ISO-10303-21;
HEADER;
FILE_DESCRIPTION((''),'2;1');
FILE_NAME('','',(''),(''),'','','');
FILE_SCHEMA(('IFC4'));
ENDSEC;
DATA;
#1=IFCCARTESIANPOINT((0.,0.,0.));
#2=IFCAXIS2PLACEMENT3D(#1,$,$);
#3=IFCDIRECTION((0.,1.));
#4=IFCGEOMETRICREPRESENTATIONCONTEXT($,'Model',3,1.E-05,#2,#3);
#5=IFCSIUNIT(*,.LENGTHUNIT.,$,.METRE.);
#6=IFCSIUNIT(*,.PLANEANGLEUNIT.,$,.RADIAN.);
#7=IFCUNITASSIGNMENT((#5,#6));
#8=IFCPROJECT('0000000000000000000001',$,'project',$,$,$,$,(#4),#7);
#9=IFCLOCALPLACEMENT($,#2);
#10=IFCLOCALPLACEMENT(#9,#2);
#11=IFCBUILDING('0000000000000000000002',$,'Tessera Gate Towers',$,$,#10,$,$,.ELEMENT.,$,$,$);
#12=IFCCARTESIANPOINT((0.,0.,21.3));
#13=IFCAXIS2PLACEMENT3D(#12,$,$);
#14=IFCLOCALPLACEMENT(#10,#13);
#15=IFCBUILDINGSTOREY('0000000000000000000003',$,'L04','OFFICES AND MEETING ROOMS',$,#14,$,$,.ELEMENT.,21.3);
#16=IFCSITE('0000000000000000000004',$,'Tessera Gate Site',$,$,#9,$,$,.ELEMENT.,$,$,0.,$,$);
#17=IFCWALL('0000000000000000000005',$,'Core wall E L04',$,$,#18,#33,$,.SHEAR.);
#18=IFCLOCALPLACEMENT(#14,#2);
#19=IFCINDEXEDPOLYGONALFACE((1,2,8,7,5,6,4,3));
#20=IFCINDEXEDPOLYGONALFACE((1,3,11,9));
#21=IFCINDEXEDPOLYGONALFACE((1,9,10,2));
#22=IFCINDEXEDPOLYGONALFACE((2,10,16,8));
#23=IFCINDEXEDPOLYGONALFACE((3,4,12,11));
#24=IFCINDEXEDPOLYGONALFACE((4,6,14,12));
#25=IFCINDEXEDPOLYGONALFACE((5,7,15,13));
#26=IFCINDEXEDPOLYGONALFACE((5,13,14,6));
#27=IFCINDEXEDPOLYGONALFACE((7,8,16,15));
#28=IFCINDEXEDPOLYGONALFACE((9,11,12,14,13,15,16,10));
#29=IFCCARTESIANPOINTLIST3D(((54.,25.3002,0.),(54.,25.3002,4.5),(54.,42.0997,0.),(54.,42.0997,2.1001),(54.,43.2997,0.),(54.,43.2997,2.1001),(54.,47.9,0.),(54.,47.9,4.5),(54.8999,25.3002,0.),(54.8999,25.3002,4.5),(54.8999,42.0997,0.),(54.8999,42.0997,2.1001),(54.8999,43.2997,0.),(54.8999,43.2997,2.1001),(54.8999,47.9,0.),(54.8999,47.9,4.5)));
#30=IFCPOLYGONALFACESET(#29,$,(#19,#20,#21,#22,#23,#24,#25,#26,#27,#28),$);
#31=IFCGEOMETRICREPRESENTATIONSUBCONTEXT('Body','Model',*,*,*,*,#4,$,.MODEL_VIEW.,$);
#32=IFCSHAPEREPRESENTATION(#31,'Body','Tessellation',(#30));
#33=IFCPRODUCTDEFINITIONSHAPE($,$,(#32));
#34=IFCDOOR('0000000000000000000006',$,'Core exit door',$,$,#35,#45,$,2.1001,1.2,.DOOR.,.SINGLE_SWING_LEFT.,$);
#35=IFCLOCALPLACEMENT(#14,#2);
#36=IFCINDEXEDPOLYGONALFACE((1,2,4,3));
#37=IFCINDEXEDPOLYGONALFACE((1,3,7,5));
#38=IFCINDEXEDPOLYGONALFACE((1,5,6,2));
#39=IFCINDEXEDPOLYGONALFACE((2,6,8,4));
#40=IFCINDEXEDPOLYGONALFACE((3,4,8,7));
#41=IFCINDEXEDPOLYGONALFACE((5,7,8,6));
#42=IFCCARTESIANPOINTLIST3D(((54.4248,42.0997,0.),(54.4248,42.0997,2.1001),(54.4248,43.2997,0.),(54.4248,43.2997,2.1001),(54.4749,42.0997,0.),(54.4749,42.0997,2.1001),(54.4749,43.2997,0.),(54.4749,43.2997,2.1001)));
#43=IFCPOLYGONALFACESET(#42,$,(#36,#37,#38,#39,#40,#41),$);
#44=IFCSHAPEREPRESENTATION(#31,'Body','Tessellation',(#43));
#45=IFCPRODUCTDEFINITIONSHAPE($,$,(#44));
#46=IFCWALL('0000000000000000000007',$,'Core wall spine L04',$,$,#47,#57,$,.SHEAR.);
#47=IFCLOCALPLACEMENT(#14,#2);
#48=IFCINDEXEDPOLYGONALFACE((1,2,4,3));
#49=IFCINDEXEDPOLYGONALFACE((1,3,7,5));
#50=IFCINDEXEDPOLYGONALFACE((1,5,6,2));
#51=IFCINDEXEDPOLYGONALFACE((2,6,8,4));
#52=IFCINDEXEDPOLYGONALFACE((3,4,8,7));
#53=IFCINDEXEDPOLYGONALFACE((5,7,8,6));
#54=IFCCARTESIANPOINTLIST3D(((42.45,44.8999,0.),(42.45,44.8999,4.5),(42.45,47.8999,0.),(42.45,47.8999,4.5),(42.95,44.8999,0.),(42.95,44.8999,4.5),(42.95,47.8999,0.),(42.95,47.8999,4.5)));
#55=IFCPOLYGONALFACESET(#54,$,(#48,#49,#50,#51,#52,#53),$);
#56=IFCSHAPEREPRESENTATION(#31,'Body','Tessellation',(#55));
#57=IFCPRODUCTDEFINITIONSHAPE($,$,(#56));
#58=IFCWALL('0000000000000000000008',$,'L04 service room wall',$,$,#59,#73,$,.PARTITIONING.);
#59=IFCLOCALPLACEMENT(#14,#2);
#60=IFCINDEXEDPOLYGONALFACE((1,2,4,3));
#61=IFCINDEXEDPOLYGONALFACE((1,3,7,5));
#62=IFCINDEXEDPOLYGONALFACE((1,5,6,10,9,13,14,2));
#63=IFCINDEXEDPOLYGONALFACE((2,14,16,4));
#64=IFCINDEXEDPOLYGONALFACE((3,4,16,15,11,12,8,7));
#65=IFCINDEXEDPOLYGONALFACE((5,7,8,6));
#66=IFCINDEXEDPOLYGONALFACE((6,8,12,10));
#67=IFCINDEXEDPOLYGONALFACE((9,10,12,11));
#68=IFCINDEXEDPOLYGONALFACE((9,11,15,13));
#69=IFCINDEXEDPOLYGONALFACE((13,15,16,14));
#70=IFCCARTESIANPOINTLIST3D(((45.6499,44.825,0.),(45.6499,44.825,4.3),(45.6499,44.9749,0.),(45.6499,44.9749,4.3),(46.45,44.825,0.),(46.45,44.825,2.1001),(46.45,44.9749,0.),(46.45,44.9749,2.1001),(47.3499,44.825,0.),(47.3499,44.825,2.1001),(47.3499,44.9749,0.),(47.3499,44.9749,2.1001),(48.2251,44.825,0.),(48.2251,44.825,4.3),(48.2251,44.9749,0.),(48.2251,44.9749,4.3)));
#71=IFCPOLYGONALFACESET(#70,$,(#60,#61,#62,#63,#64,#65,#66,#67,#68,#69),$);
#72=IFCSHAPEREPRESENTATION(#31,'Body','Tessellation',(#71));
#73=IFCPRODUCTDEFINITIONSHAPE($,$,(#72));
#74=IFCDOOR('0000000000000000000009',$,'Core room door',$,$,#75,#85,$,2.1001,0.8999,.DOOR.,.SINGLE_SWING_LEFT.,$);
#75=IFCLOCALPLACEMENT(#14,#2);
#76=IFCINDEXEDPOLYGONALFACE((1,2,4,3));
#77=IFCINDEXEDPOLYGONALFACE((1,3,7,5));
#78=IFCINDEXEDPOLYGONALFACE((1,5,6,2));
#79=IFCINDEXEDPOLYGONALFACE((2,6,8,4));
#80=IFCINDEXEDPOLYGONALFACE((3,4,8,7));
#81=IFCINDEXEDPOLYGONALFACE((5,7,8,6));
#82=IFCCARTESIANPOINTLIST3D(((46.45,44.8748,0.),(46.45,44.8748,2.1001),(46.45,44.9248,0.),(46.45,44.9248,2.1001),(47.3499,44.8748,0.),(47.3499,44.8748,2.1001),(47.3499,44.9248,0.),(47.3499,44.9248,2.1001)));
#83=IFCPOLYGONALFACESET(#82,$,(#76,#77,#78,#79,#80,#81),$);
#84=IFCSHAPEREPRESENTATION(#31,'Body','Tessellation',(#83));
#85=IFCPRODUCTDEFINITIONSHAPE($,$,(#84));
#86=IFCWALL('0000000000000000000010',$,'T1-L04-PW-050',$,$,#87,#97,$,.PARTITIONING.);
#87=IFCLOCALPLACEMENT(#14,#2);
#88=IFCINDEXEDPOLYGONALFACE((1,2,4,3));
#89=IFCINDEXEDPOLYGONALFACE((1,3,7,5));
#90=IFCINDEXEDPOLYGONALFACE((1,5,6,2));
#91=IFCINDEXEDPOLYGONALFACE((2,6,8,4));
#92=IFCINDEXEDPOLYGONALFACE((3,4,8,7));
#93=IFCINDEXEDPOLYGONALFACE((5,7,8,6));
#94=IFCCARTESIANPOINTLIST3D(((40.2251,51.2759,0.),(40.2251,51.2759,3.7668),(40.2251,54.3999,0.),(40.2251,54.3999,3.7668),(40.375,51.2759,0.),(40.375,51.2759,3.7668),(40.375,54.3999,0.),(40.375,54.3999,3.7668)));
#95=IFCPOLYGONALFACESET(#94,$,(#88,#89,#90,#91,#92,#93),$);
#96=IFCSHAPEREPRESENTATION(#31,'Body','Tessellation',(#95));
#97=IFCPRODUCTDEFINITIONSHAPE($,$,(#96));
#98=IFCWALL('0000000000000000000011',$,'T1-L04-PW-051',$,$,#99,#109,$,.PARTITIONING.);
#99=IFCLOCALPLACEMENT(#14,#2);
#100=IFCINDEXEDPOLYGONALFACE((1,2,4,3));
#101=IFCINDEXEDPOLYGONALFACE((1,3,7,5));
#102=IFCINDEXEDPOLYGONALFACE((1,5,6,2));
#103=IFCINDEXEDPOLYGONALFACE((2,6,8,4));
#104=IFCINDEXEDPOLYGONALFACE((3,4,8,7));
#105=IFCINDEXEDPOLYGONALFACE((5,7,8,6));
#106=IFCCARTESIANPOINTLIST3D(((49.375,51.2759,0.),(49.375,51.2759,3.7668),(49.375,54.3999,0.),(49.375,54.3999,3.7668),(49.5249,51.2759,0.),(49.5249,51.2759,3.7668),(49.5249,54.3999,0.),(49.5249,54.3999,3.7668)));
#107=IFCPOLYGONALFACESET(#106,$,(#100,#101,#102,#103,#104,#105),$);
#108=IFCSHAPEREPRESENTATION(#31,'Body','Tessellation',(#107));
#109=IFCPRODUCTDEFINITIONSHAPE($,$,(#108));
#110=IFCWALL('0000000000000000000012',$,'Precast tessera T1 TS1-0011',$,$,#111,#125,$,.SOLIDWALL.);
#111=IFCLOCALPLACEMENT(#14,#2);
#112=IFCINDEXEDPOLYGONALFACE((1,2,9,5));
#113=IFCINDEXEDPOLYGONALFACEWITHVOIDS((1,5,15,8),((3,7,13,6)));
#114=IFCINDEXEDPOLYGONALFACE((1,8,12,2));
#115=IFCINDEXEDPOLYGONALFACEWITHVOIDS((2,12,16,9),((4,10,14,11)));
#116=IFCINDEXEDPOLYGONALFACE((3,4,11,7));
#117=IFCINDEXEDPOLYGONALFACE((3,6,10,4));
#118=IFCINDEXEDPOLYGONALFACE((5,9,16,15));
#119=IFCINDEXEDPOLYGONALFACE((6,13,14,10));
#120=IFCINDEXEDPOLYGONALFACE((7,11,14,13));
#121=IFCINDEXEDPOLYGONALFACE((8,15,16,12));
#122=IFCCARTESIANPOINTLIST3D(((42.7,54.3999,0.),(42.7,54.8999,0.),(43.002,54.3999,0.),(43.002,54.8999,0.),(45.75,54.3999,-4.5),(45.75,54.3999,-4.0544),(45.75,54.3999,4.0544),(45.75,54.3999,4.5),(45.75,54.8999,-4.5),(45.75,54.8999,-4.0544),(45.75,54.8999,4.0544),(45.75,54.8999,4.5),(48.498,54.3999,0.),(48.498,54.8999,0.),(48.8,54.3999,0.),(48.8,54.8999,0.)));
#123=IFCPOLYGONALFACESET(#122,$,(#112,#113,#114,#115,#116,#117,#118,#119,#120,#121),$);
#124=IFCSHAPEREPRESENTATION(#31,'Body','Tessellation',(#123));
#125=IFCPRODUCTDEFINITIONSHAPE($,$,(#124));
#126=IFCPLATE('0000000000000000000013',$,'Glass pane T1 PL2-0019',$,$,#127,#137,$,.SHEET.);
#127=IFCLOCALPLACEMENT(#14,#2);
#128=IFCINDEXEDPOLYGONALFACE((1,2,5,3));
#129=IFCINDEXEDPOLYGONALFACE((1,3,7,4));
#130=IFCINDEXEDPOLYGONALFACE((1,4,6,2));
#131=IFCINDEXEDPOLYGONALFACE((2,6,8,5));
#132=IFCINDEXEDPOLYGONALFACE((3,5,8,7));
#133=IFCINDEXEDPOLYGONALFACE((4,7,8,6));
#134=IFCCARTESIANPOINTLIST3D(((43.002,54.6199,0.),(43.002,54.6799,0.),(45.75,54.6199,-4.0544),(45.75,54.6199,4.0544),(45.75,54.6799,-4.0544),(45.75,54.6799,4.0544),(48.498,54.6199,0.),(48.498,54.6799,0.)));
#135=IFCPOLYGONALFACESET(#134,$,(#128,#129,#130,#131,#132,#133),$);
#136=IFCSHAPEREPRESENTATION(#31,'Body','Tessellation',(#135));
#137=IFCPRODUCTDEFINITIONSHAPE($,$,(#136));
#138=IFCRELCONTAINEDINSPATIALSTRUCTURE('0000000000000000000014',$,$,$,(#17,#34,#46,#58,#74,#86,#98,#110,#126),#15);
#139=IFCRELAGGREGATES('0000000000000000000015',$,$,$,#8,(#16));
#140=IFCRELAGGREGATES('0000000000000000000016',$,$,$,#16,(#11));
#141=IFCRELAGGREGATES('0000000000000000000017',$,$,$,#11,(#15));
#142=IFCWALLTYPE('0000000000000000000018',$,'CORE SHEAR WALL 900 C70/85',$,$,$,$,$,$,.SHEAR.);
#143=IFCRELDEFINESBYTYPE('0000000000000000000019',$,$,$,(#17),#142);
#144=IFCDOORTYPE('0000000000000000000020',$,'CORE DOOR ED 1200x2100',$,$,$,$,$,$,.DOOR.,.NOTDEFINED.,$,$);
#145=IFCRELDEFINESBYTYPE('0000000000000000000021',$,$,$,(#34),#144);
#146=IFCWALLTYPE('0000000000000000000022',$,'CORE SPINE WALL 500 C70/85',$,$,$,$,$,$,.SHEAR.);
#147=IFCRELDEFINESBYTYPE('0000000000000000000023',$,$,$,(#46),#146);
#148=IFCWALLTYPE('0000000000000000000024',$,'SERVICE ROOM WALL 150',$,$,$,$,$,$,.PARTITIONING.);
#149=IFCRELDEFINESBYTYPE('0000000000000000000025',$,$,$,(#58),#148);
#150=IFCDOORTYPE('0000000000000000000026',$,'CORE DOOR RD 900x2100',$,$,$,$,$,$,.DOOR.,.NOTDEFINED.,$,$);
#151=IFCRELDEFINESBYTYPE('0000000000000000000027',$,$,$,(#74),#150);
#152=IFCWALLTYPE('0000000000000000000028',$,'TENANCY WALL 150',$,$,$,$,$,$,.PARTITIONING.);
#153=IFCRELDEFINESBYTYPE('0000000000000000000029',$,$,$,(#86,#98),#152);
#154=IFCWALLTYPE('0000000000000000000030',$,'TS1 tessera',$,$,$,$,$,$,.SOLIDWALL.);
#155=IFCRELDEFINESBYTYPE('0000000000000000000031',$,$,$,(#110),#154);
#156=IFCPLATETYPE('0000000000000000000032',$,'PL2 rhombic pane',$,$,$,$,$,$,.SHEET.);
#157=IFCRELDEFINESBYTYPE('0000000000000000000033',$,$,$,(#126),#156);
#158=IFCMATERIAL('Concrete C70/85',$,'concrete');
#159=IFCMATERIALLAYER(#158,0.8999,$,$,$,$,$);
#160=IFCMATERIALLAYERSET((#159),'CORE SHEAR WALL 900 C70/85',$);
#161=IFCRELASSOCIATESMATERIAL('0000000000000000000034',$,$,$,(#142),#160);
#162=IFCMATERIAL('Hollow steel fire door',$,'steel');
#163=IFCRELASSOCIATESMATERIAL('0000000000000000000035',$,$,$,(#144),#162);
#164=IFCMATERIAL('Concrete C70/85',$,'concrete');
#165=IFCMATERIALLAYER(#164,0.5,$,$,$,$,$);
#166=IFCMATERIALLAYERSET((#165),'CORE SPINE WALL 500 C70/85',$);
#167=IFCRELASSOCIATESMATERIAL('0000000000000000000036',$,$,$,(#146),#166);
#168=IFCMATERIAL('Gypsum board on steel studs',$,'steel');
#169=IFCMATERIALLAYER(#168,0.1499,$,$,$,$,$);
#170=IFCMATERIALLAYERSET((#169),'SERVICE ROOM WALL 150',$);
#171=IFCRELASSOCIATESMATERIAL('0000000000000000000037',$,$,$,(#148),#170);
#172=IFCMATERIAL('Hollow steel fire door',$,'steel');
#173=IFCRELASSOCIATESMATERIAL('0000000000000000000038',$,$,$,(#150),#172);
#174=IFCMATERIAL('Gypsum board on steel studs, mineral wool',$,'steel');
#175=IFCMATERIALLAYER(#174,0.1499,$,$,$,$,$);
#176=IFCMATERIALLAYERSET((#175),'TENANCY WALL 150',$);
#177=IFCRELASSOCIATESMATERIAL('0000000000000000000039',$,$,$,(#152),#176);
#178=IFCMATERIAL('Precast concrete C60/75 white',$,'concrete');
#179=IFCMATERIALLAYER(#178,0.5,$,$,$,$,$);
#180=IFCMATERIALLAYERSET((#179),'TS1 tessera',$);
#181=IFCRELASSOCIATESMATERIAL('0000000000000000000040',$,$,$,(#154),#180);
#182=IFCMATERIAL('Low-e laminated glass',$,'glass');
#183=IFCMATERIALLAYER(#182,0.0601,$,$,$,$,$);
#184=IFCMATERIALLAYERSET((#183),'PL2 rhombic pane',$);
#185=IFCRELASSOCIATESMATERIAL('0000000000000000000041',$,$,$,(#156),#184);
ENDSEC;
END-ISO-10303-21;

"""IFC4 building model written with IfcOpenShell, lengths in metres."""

from ifc_helpers import new_model, si_unit, direction, frame, frame_2d, origin, place, context, subcontext, project, spatial, polyline, rectangle, outline, extrude, source, transform, mapped, material, layer, layer_set, type_object, element, fill, save


model = new_model("IFC4")

# Units and contexts
model_context = context("Model", 3, precision=1e-05, world=origin(), true_north=direction((0.0, 1.0)))
body_context = subcontext(model_context, "Body", "Model", "MODEL_VIEW")
ifc_project = project(units=[si_unit("LENGTHUNIT", "METRE"), si_unit("PLANEANGLEUNIT", "RADIAN")], contexts=[model_context])

# Site, building, storey
site_placement = place(None, origin())
site = spatial("IfcSite", under=ifc_project, at=site_placement, Name="Tessera Gate Site", CompositionType="ELEMENT", RefElevation=0.0)
building_placement = place(site_placement, origin())
building = spatial("IfcBuilding", under=site, at=building_placement, Name="Tessera Gate Towers", CompositionType="ELEMENT")
storey_placement = place(building_placement, frame((0.0, 0.0, 21.3)))
storey = spatial("IfcBuildingStorey", under=building, at=storey_placement, Name="L04", Description="OFFICES AND MEETING ROOMS", CompositionType="ELEMENT", Elevation=21.3)

# Shared definitions
shared_shape_1 = source(origin(), body_context, "Body", "SweptSolid", [
    extrude(rectangle(XDim=1.2, YDim=2.1001, at=frame_2d((0.6001, 1.05))), frame((0.0, 0.0249, 0.0), z_axis=(0.0, -1.0, 0.0), x_axis=(1.0, 0.0, 0.0)), (0.0, 0.0, 1.0), 0.05),
])

# Wall, opening, door
ifc_material_1 = material(Name="Concrete C70/85", Category="concrete")
ifc_layer_1 = layer(ifc_material_1, 0.8999)
ifc_layer_set_1 = layer_set([ifc_layer_1], Name="CORE SHEAR WALL 900 C70/85")
wall_type_1 = type_object("IfcWallType", Name="CORE SHEAR WALL 900 C70/85", PredefinedType="SHEAR", material=ifc_layer_set_1)
wall_1_placement = place(storey_placement, frame((54.45, 47.8999, 0.0), z_axis=(0.0, 0.0, 1.0), x_axis=(0.0, -1.0, 0.0)))
wall_1 = element("IfcWall", 1, at=wall_1_placement, inside=storey, type_object=wall_type_1, Name="Core wall E L04", PredefinedType="SHEAR", context=body_context, shape_type="SweptSolid", body=[
    extrude(rectangle(XDim=22.5999, YDim=0.8999, at=frame_2d((11.2998, 0.0))), origin(), (0.0, 0.0, 1.0), 4.5),
])
shared_shape_2 = source(origin(), body_context, "Body", "SweptSolid", [
    extrude(rectangle(XDim=1.2, YDim=2.1001, at=frame_2d((0.6001, 1.05))), frame((0.0, 0.46, 0.0), z_axis=(0.0, -1.0, 0.0), x_axis=(1.0, 0.0, 0.0)), (0.0, 0.0, 1.0), 0.9199),
])
opening_1_placement = place(wall_1_placement, frame((4.6001, 0.0, 0.0)))
opening_1 = element("IfcOpeningElement", 2, at=opening_1_placement, cuts=wall_1, PredefinedType="OPENING", context=body_context, shape_type="MappedRepresentation", body=[
    mapped(shared_shape_2, transform((0.0, 0.0, 0.0), scale=1.0)),
])
ifc_material_2 = material(Name="Hollow steel fire door", Category="steel")
door_type_1 = type_object("IfcDoorType", Name="CORE DOOR ED 1200x2100", OperationType="NOTDEFINED", PredefinedType="DOOR", material=ifc_material_2)
door_1_placement = place(opening_1_placement, origin())
door_1 = element("IfcDoor", 3, at=door_1_placement, inside=storey, type_object=door_type_1, Name="Core exit door", OperationType="SINGLE_SWING_LEFT", OverallHeight=2.1001, OverallWidth=1.2, PredefinedType="DOOR", context=body_context, shape_type="MappedRepresentation", body=[
    mapped(shared_shape_1, transform((0.0, 0.0, 0.0), scale=1.0)),
])
fill(opening_1, door_1)

# Wall
ifc_material_3 = material(Name="Concrete C70/85", Category="concrete")
ifc_layer_2 = layer(ifc_material_3, 0.5)
ifc_layer_set_2 = layer_set([ifc_layer_2], Name="CORE SPINE WALL 500 C70/85")
wall_type_2 = type_object("IfcWallType", Name="CORE SPINE WALL 500 C70/85", PredefinedType="SHEAR", material=ifc_layer_set_2)
wall_2_placement = place(storey_placement, frame((42.7, 44.8999, 0.0), z_axis=(0.0, 0.0, 1.0), x_axis=(0.0, 1.0, 0.0)))
element("IfcWall", 4, at=wall_2_placement, inside=storey, type_object=wall_type_2, Name="Core wall spine L04", PredefinedType="SHEAR", context=body_context, shape_type="SweptSolid", body=[
    extrude(rectangle(XDim=3.0, YDim=0.5, at=frame_2d((1.5, 0.0))), origin(), (0.0, 0.0, 1.0), 4.5),
])

# Wall, opening, door
ifc_material_4 = material(Name="Gypsum board on steel studs", Category="steel")
ifc_layer_3 = layer(ifc_material_4, 0.1499)
ifc_layer_set_3 = layer_set([ifc_layer_3], Name="SERVICE ROOM WALL 150")
wall_type_3 = type_object("IfcWallType", Name="SERVICE ROOM WALL 150", PredefinedType="PARTITIONING", material=ifc_layer_set_3)
wall_3_placement = place(storey_placement, frame((45.6499, 44.8999, 0.0), z_axis=(0.0, 0.0, 1.0), x_axis=(1.0, 0.0, 0.0)))
wall_3 = element("IfcWall", 5, at=wall_3_placement, inside=storey, type_object=wall_type_3, Name="L04 service room wall", PredefinedType="PARTITIONING", context=body_context, shape_type="SweptSolid", body=[
    extrude(rectangle(XDim=2.5752, YDim=0.1499, at=frame_2d((1.2876, 0.0))), origin(), (0.0, 0.0, 1.0), 4.3),
])
shared_shape_3 = source(origin(), body_context, "Body", "SweptSolid", [
    extrude(rectangle(XDim=0.8999, YDim=2.1001, at=frame_2d((0.45, 1.05))), frame((0.0, 0.085, 0.0), z_axis=(0.0, -1.0, 0.0), x_axis=(1.0, 0.0, 0.0)), (0.0, 0.0, 1.0), 0.1699),
])
opening_2_placement = place(wall_3_placement, frame((0.8, 0.0, 0.0)))
opening_2 = element("IfcOpeningElement", 6, at=opening_2_placement, cuts=wall_3, PredefinedType="OPENING", context=body_context, shape_type="MappedRepresentation", body=[
    mapped(shared_shape_3, transform((0.0, 0.0, 0.0), scale=1.0)),
])
ifc_material_5 = material(Name="Hollow steel fire door", Category="steel")
door_type_2 = type_object("IfcDoorType", Name="CORE DOOR RD 900x2100", OperationType="NOTDEFINED", PredefinedType="DOOR", material=ifc_material_5)
shared_shape_4 = source(origin(), body_context, "Body", "SweptSolid", [
    extrude(rectangle(XDim=0.8999, YDim=2.1001, at=frame_2d((0.45, 1.05))), frame((0.0, 0.0249, 0.0), z_axis=(0.0, -1.0, 0.0), x_axis=(1.0, 0.0, 0.0)), (0.0, 0.0, 1.0), 0.05),
])
door_2_placement = place(opening_2_placement, origin())
door_2 = element("IfcDoor", 7, at=door_2_placement, inside=storey, type_object=door_type_2, Name="Core room door", OperationType="SINGLE_SWING_LEFT", OverallHeight=2.1001, OverallWidth=0.8999, PredefinedType="DOOR", context=body_context, shape_type="MappedRepresentation", body=[
    mapped(shared_shape_4, transform((0.0, 0.0, 0.0), scale=1.0)),
])
fill(opening_2, door_2)

# Walls
ifc_material_6 = material(Name="Gypsum board on steel studs, mineral wool", Category="steel")
ifc_layer_4 = layer(ifc_material_6, 0.1499)
ifc_layer_set_4 = layer_set([ifc_layer_4], Name="TENANCY WALL 150")
wall_type_4 = type_object("IfcWallType", Name="TENANCY WALL 150", PredefinedType="PARTITIONING", material=ifc_layer_set_4)
for number, where, z_axis, x_axis, name in (
    (8, (40.3, 51.2759, 0.0), (0.0, 0.0, 1.0), (0.0, 1.0, 0.0), "T1-L04-PW-050"),
    (9, (49.45, 51.2759, 0.0), (0.0, 0.0, 1.0), (0.0, 1.0, 0.0), "T1-L04-PW-051"),
):
    element("IfcWall", number, at=place(storey_placement, frame(where, z_axis=z_axis, x_axis=x_axis)), inside=storey, type_object=wall_type_4, Name=name, PredefinedType="PARTITIONING", context=body_context, shape_type="SweptSolid", body=[
        extrude(rectangle(XDim=3.124, YDim=0.1499, at=frame_2d((1.562, 0.0))), origin(), (0.0, 0.0, 1.0), 3.7668),
    ])

# Wall, opening, plate
ifc_material_7 = material(Name="Precast concrete C60/75 white", Category="concrete")
ifc_layer_5 = layer(ifc_material_7, 0.5)
ifc_layer_set_5 = layer_set([ifc_layer_5], Name="TS1 tessera")
wall_type_5 = type_object("IfcWallType", Name="TS1 tessera", PredefinedType="SOLIDWALL", material=ifc_layer_set_5)
shared_shape_5 = source(origin(), body_context, "Body", "SweptSolid", [
    extrude(outline(polyline([(3.05, 0.0), (6.1001, 4.5), (3.05, 9.0), (0.0, 4.5), (3.05, 0.0)])), frame((0.0, 0.25, 0.0), z_axis=(0.0, -1.0, 0.0), x_axis=(1.0, 0.0, 0.0)), (0.0, 0.0, 1.0), 0.5),
])
wall_4_placement = place(storey_placement, frame((48.8, 54.6499, -4.5), z_axis=(0.0, 0.0, 1.0), x_axis=(-1.0, 0.0, 0.0)))
wall_4 = element("IfcWall", 10, at=wall_4_placement, inside=storey, type_object=wall_type_5, Name="Precast tessera T1 TS1-0011", PredefinedType="SOLIDWALL", context=body_context, shape_type="MappedRepresentation", body=[
    mapped(shared_shape_5, transform((0.0, 0.0, 0.0), scale=1.0)),
])
shared_shape_6 = source(origin(), body_context, "Body", "SweptSolid", [
    extrude(outline(polyline([(3.05, 0.4456), (5.7981, 4.5), (3.05, 8.5544), (0.302, 4.5), (3.05, 0.4456)])), frame((0.0, 0.26, 0.0), z_axis=(0.0, -1.0, 0.0), x_axis=(1.0, 0.0, 0.0)), (0.0, 0.0, 1.0), 0.52),
])
opening_3_placement = place(wall_4_placement, origin())
opening_3 = element("IfcOpeningElement", 11, at=opening_3_placement, cuts=wall_4, PredefinedType="OPENING", context=body_context, shape_type="MappedRepresentation", body=[
    mapped(shared_shape_6, transform((0.0, 0.0, 0.0), scale=1.0)),
])
ifc_material_8 = material(Name="Low-e laminated glass", Category="glass")
ifc_layer_6 = layer(ifc_material_8, 0.0601)
ifc_layer_set_6 = layer_set([ifc_layer_6], Name="PL2 rhombic pane")
plate_type_1 = type_object("IfcPlateType", Name="PL2 rhombic pane", PredefinedType="SHEET", material=ifc_layer_set_6)
shared_shape_7 = source(origin(), body_context, "Body", "SweptSolid", [
    extrude(outline(polyline([(3.05, 0.4456), (5.7981, 4.5), (3.05, 8.5544), (0.302, 4.5), (3.05, 0.4456)])), frame((0.0, 0.03, 0.0), z_axis=(0.0, -1.0, 0.0), x_axis=(1.0, 0.0, 0.0)), (0.0, 0.0, 1.0), 0.0601),
])
plate_1_placement = place(opening_3_placement, origin())
plate_1 = element("IfcPlate", 12, at=plate_1_placement, inside=storey, type_object=plate_type_1, Name="Glass pane T1 PL2-0019", PredefinedType="SHEET", context=body_context, shape_type="MappedRepresentation", body=[
    mapped(shared_shape_7, transform((0.0, 0.0, 0.0), scale=1.0)),
])
fill(opening_3, plate_1)

save(model, "model.ifc")
